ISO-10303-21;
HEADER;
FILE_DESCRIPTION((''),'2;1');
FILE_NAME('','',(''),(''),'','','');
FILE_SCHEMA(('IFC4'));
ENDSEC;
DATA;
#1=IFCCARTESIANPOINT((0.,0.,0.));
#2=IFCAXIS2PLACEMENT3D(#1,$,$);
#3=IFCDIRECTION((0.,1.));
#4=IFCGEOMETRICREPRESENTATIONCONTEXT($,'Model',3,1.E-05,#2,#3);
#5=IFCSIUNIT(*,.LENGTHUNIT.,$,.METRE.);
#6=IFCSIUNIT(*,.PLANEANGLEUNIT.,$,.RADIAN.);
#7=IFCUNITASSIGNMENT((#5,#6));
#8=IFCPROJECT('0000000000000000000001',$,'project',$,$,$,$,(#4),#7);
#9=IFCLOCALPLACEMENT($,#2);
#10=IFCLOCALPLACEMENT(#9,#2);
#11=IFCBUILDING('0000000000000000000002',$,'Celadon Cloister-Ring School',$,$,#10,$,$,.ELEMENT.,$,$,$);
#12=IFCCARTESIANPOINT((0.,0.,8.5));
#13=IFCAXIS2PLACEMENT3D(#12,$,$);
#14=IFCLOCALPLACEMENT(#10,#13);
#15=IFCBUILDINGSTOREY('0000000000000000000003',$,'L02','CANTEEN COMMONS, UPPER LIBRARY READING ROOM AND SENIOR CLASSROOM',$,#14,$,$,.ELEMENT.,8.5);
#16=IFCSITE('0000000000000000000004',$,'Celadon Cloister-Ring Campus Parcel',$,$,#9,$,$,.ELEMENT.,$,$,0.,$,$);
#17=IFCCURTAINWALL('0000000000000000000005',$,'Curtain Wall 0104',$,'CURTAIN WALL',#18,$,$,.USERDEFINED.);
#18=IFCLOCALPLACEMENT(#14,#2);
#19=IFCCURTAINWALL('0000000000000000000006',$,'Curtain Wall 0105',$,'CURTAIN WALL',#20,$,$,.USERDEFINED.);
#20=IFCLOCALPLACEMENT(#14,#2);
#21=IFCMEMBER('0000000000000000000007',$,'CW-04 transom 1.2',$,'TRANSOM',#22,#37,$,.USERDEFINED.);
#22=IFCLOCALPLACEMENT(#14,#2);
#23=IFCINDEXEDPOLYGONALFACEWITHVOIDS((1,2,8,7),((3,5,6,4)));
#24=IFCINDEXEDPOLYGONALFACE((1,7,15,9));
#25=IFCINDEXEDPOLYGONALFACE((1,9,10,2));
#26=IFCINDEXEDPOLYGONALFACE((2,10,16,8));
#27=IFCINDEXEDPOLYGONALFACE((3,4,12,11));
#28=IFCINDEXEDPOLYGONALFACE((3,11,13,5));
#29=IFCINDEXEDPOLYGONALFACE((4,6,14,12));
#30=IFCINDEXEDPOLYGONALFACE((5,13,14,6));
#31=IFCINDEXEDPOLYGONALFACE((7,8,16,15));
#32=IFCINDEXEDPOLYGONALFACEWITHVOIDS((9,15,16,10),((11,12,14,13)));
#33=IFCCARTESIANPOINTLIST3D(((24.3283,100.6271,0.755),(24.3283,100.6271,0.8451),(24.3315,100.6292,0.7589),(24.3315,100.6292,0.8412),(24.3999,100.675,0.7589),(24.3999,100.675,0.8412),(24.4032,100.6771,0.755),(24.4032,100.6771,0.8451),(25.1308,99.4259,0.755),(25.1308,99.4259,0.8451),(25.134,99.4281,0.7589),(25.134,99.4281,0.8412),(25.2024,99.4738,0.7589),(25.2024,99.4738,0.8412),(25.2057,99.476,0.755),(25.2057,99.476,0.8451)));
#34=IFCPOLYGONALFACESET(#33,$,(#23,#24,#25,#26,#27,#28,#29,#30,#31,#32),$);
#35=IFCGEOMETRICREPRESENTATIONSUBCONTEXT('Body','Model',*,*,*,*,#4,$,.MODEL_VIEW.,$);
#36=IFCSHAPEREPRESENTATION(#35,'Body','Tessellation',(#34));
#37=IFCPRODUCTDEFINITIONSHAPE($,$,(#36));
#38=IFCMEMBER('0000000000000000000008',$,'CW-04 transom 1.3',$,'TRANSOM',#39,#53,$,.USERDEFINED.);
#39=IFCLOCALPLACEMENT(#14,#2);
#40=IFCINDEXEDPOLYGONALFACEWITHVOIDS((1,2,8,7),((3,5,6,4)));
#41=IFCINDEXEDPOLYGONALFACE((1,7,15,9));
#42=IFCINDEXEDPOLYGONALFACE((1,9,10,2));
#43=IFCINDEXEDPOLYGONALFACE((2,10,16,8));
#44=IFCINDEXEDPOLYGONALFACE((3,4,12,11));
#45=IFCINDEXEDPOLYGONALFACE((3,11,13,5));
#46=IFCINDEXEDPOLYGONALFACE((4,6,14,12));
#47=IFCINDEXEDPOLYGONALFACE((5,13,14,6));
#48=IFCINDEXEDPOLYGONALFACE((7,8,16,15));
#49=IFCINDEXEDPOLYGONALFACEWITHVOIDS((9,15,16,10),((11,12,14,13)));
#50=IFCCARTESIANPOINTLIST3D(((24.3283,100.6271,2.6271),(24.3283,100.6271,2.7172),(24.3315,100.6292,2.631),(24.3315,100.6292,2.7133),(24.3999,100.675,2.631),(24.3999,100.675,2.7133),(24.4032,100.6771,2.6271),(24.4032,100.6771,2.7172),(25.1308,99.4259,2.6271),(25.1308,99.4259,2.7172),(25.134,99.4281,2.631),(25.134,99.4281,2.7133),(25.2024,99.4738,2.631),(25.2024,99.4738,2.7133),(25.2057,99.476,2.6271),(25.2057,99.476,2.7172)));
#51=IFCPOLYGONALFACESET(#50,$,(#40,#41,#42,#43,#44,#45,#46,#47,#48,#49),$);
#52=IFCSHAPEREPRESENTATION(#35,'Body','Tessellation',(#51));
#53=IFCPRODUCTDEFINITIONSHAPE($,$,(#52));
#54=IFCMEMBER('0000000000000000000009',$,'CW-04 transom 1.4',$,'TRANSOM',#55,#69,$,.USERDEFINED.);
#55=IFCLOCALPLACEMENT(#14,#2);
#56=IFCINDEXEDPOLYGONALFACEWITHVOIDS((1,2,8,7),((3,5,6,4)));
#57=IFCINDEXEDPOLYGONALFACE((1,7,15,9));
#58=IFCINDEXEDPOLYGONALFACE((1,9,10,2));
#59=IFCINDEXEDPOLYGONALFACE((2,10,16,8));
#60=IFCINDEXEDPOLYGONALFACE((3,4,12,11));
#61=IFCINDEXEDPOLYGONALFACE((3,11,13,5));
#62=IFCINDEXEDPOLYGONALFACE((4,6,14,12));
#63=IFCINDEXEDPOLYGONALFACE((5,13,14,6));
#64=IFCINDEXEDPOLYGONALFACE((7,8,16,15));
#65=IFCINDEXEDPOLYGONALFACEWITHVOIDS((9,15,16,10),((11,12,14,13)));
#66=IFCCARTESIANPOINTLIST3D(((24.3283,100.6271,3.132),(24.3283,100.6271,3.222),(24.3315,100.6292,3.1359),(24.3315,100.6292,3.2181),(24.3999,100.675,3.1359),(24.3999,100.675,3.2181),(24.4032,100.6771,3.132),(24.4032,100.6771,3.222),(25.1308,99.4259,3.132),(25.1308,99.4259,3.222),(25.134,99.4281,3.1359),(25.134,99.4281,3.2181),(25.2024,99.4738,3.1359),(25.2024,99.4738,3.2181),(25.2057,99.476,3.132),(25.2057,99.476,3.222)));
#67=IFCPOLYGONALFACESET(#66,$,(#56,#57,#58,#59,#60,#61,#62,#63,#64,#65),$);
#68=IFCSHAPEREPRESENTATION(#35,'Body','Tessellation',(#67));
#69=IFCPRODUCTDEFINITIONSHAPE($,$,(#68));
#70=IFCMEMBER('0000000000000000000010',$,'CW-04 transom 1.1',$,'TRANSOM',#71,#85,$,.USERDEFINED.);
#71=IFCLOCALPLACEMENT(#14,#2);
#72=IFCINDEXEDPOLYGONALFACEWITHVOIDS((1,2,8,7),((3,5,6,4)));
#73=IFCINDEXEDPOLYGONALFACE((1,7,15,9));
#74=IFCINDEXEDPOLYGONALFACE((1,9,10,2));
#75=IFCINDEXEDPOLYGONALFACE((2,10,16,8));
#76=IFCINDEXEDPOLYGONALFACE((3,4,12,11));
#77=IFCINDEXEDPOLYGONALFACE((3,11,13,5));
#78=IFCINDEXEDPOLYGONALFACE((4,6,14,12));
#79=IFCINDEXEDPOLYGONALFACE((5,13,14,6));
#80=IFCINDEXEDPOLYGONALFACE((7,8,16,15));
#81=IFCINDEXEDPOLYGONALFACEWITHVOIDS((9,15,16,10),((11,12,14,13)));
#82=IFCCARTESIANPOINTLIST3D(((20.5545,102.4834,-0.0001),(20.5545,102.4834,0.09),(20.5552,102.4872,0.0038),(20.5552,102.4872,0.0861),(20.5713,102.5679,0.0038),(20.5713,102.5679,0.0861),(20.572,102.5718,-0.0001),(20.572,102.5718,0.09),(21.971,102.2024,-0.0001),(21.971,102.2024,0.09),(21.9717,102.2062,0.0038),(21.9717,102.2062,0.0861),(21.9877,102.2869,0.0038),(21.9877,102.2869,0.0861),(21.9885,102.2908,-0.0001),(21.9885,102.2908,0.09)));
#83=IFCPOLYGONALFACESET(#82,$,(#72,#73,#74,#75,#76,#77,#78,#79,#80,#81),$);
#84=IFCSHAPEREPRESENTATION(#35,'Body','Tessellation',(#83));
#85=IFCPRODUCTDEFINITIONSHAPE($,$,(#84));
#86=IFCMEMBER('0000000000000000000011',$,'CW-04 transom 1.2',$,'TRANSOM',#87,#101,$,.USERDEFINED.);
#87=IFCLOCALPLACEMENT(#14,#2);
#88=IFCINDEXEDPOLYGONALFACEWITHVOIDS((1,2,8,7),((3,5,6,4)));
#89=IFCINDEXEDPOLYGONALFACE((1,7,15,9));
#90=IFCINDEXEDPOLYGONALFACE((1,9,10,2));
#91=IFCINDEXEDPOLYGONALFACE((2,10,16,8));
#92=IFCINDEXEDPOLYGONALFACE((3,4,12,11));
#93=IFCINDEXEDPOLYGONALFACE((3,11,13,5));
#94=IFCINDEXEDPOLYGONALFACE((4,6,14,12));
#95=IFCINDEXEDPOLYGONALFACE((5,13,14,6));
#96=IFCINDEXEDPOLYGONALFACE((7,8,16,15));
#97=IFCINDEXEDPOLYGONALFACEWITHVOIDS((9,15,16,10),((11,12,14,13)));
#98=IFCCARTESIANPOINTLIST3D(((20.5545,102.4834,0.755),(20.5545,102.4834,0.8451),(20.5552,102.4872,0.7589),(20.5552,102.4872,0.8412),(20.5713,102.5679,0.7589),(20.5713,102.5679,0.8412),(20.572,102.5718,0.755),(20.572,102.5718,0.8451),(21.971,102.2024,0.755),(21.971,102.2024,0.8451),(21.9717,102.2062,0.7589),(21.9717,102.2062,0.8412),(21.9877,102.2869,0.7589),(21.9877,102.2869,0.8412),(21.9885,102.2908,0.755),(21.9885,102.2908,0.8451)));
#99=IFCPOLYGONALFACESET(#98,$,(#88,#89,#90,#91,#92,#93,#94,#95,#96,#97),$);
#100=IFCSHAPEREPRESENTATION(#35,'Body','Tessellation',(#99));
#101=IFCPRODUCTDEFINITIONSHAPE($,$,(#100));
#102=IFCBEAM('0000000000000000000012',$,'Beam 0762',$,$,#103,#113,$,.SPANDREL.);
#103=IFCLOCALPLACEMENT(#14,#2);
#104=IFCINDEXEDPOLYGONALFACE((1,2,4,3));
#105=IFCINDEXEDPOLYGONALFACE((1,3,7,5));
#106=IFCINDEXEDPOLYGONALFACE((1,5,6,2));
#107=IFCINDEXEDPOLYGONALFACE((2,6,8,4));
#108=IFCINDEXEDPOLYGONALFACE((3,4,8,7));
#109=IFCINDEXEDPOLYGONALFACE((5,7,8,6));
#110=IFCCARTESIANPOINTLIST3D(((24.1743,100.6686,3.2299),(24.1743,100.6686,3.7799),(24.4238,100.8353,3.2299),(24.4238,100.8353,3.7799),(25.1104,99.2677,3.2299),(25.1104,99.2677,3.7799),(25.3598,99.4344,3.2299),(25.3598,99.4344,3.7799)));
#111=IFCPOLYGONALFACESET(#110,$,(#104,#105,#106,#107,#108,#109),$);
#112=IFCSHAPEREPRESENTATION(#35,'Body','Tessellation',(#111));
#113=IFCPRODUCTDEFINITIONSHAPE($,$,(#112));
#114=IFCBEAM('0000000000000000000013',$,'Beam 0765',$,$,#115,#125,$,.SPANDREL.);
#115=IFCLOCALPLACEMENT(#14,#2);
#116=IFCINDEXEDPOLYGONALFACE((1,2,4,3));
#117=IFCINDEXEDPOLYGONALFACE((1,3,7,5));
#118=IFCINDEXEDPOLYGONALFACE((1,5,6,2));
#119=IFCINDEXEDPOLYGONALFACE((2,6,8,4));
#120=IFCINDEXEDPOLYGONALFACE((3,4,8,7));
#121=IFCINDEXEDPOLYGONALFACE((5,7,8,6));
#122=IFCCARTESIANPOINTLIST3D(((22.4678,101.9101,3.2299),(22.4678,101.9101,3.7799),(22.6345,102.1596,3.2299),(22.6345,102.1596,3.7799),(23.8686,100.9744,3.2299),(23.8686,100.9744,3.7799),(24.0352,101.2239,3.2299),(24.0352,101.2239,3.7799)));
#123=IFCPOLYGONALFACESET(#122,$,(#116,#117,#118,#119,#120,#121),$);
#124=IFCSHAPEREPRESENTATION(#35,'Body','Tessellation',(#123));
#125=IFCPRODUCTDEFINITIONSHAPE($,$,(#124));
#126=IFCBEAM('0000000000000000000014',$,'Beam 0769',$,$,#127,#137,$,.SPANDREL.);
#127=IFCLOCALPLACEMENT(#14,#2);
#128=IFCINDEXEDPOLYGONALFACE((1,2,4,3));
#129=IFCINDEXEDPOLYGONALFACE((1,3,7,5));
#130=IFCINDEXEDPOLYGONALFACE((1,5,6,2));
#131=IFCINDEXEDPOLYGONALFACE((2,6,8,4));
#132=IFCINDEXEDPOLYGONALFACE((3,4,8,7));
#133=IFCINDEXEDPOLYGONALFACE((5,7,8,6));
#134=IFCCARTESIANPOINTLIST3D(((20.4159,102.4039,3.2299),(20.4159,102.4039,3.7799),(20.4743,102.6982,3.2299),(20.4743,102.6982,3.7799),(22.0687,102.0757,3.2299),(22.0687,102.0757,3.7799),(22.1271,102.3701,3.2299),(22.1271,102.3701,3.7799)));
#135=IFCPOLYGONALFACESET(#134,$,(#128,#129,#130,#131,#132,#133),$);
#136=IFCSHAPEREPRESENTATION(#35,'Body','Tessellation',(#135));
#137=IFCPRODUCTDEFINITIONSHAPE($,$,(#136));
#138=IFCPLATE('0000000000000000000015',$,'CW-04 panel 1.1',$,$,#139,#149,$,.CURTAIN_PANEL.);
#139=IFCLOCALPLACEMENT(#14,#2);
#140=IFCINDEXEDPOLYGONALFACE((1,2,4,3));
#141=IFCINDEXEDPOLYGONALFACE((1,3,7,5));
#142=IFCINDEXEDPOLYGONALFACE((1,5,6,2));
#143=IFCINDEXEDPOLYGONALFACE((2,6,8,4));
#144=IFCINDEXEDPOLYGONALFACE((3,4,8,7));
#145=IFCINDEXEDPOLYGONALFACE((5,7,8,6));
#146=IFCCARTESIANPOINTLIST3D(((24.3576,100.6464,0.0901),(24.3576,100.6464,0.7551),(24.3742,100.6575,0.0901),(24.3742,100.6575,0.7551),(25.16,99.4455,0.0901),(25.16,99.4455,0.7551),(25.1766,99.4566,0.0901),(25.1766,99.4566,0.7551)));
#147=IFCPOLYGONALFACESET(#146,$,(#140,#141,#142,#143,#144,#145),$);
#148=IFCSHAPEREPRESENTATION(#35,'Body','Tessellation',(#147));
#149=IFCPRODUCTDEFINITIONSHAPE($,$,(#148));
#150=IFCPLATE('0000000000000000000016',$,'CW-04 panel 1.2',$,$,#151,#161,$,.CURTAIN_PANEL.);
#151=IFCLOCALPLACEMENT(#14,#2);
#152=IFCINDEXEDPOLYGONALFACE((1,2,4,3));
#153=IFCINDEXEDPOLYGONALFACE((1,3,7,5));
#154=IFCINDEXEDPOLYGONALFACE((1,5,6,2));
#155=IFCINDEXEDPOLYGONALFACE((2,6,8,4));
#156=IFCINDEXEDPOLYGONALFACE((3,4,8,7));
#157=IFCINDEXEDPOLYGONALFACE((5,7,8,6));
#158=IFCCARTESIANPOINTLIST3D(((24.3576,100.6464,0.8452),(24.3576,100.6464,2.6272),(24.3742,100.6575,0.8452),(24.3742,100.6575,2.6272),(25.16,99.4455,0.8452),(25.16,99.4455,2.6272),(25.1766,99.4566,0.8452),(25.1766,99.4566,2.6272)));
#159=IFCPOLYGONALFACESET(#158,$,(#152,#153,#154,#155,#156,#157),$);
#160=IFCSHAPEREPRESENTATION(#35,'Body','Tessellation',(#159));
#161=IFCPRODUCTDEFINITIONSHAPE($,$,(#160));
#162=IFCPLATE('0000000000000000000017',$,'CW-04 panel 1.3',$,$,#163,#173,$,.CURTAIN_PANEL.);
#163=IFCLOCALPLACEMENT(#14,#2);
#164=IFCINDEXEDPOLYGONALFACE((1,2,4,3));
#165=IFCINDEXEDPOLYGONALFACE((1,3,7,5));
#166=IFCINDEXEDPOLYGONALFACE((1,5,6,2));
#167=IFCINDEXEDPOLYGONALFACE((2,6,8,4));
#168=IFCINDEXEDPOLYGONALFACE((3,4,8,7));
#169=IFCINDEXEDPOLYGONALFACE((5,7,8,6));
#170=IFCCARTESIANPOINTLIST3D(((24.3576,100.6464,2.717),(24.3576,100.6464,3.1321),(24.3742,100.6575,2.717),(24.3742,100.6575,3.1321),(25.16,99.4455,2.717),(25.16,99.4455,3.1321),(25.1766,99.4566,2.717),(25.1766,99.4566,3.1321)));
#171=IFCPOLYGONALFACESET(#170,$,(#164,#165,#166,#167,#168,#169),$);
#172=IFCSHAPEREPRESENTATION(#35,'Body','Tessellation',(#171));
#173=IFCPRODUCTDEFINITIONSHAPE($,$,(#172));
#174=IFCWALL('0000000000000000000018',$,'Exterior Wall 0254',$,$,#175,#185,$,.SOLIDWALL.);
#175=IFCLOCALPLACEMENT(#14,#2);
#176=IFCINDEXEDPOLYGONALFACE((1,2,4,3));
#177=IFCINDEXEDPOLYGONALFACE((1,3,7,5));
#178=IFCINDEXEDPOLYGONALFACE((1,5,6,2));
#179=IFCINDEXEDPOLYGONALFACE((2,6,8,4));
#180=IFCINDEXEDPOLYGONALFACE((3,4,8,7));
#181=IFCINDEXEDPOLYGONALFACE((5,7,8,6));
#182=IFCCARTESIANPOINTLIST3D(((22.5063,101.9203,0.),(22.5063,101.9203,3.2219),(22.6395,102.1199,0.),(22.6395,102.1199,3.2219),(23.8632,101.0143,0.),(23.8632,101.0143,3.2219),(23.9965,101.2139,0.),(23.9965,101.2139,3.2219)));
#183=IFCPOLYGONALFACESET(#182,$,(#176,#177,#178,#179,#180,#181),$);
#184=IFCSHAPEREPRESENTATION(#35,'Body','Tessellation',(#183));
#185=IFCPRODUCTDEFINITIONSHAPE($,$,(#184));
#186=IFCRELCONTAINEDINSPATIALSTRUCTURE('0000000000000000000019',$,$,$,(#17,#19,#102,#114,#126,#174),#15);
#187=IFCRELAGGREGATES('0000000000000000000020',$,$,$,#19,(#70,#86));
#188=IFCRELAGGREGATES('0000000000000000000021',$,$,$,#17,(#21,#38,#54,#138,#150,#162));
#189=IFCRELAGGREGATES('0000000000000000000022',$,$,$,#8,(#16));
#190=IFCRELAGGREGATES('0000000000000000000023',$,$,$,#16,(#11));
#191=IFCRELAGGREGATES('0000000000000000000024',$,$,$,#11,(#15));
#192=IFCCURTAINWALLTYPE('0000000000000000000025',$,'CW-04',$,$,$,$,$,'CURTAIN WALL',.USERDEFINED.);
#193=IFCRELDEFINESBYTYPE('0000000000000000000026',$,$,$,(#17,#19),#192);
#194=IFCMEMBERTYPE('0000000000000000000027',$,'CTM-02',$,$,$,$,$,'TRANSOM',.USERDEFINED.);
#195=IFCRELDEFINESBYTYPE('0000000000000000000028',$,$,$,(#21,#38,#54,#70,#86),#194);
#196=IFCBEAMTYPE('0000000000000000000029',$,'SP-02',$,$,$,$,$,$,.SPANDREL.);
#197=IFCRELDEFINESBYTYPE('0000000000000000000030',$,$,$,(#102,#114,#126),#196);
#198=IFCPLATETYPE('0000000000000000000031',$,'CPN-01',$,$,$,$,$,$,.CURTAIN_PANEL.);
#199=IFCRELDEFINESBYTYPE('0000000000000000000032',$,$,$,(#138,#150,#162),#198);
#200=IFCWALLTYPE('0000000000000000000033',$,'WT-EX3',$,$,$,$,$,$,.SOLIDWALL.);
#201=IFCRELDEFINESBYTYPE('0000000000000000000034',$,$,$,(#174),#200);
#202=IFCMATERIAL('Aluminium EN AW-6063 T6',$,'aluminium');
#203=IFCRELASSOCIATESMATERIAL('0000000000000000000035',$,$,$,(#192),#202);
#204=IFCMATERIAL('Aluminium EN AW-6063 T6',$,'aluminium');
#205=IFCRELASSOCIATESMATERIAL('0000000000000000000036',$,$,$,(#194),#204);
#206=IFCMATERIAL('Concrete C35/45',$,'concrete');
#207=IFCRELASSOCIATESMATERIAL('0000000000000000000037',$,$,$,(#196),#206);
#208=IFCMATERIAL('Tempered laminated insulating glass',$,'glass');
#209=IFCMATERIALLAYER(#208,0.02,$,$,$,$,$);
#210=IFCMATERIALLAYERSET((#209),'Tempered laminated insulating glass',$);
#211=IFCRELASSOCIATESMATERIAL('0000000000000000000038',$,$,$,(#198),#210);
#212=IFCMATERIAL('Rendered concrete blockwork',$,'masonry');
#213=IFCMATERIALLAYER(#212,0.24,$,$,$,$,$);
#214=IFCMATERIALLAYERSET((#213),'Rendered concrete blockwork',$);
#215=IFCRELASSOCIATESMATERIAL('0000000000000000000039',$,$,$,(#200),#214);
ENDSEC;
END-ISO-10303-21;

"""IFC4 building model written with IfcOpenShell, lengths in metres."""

from ifc_helpers import new_model, si_unit, direction, frame, frame_2d, origin, origin_2d, place, context, subcontext, project, spatial, rectangle, hollow_rectangle, extrude, material, layer, layer_set, material_profile, profile_set, type_object, element, aggregate, save


model = new_model("IFC4")

# Units and contexts
model_context = context("Model", 3, precision=1e-05, world=origin(), true_north=direction((0.0, 1.0)))
body_context = subcontext(model_context, "Body", "Model", "MODEL_VIEW")
ifc_project = project(units=[si_unit("LENGTHUNIT", "METRE"), si_unit("PLANEANGLEUNIT", "RADIAN")], contexts=[model_context])

# Site, building, storey
site_placement = place(None, origin())
site = spatial("IfcSite", under=ifc_project, at=site_placement, Name="Celadon Cloister-Ring Campus Parcel", CompositionType="ELEMENT", RefElevation=0.0)
building_placement = place(site_placement, origin())
building = spatial("IfcBuilding", under=site, at=building_placement, Name="Celadon Cloister-Ring School", CompositionType="ELEMENT")
storey_placement = place(building_placement, frame((0.0, 0.0, 8.5)))
storey = spatial("IfcBuildingStorey", under=building, at=storey_placement, Name="L02", Description="CANTEEN COMMONS, UPPER LIBRARY READING ROOM AND SENIOR CLASSROOM", CompositionType="ELEMENT", Elevation=8.5)

# Curtain wall
ifc_material_1 = material(Name="Aluminium EN AW-6063 T6", Category="aluminium")
curtain_wall_type = type_object("IfcCurtainWallType", Name="CW-04", ElementType="CURTAIN WALL", PredefinedType="USERDEFINED", material=ifc_material_1)
curtain_wall_1_placement = place(storey_placement, origin())
curtain_wall_1 = element("IfcCurtainWall", 1, at=curtain_wall_1_placement, inside=storey, type_object=curtain_wall_type, Name="Curtain Wall 0104", ObjectType="CURTAIN WALL", PredefinedType="USERDEFINED")

# Curtain wall
curtain_wall_2_placement = place(storey_placement, origin())
curtain_wall_2 = element("IfcCurtainWall", 2, at=curtain_wall_2_placement, inside=storey, type_object=curtain_wall_type, Name="Curtain Wall 0105", ObjectType="CURTAIN WALL", PredefinedType="USERDEFINED")

# Members
ifc_material_2 = material(Name="Aluminium EN AW-6063 T6", Category="aluminium")
ifc_material_profile_1 = material_profile(ifc_material_2, hollow_rectangle(XDim=0.0901, YDim=0.0901, WallThickness=0.0039, at=origin_2d()), Name="RHS90X90X4")
ifc_profile_set_1 = profile_set([ifc_material_profile_1], Name="Aluminium EN AW-6063 T6")
member_type_1 = type_object("IfcMemberType", Name="CTM-02", ElementType="TRANSOM", PredefinedType="USERDEFINED", material=ifc_profile_set_1)
member_1_placement = place(storey_placement, frame((25.1682, 99.4509, 0.8), z_axis=(-0.555519, 0.831504, 0.0), x_axis=(-0.831504, -0.555519, 0.0)))
member_1 = element("IfcMember", 3, at=member_1_placement, type_object=member_type_1, Name="CW-04 transom 1.2", ObjectType="TRANSOM", PredefinedType="USERDEFINED", context=body_context, shape_type="SweptSolid", body=[
    extrude(hollow_rectangle(XDim=0.0901, YDim=0.0901, WallThickness=0.0039, at=origin_2d()), origin(), (0.0, 0.0, 1.0), 1.4446),
])
member_2_placement = place(storey_placement, frame((25.1682, 99.4509, 2.6721), z_axis=(-0.555519, 0.831504, 0.0), x_axis=(-0.831504, -0.555519, 0.0)))
member_2 = element("IfcMember", 4, at=member_2_placement, type_object=member_type_1, Name="CW-04 transom 1.3", ObjectType="TRANSOM", PredefinedType="USERDEFINED", context=body_context, shape_type="SweptSolid", body=[
    extrude(hollow_rectangle(XDim=0.0901, YDim=0.0901, WallThickness=0.0039, at=origin_2d()), origin(), (0.0, 0.0, 1.0), 1.4446),
])
member_3_placement = place(storey_placement, frame((25.1682, 99.4509, 3.177), z_axis=(-0.555519, 0.831504, 0.0), x_axis=(-0.831504, -0.555519, 0.0)))
member_3 = element("IfcMember", 5, at=member_3_placement, type_object=member_type_1, Name="CW-04 transom 1.4", ObjectType="TRANSOM", PredefinedType="USERDEFINED", context=body_context, shape_type="SweptSolid", body=[
    extrude(hollow_rectangle(XDim=0.0901, YDim=0.0901, WallThickness=0.0039, at=origin_2d()), origin(), (0.0, 0.0, 1.0), 1.4446),
])
member_4_placement = place(storey_placement, frame((21.9797, 102.2466, 0.0449), z_axis=(-0.980885, 0.194588, 0.0), x_axis=(-0.194588, -0.980885, 0.0)))
member_4 = element("IfcMember", 6, at=member_4_placement, type_object=member_type_1, Name="CW-04 transom 1.1", ObjectType="TRANSOM", PredefinedType="USERDEFINED", context=body_context, shape_type="SweptSolid", body=[
    extrude(hollow_rectangle(XDim=0.0901, YDim=0.0901, WallThickness=0.0039, at=origin_2d()), origin(), (0.0, 0.0, 1.0), 1.4441),
])
member_5_placement = place(storey_placement, frame((21.9797, 102.2466, 0.8), z_axis=(-0.980885, 0.194588, 0.0), x_axis=(-0.194588, -0.980885, 0.0)))
member_5 = element("IfcMember", 7, at=member_5_placement, type_object=member_type_1, Name="CW-04 transom 1.2", ObjectType="TRANSOM", PredefinedType="USERDEFINED", context=body_context, shape_type="SweptSolid", body=[
    extrude(hollow_rectangle(XDim=0.0901, YDim=0.0901, WallThickness=0.0039, at=origin_2d()), origin(), (0.0, 0.0, 1.0), 1.4441),
])
aggregate(curtain_wall_2, [member_4, member_5])

# Beams
ifc_material_3 = material(Name="Concrete C35/45", Category="concrete")
ifc_material_profile_2 = material_profile(ifc_material_3, rectangle(XDim=0.3, YDim=0.55, at=origin_2d()), Name="RC300X550")
ifc_profile_set_2 = profile_set([ifc_material_profile_2], Name="Concrete C35/45")
beam_type = type_object("IfcBeamType", Name="SP-02", PredefinedType="SPANDREL", material=ifc_profile_set_2)
beam_1_placement = place(storey_placement, frame((25.2351, 99.3511, 3.5049), z_axis=(-0.555569, 0.83147, 0.0), x_axis=(-0.83147, -0.555569, 0.0)))
element("IfcBeam", 8, at=beam_1_placement, inside=storey, type_object=beam_type, Name="Beam 0762", PredefinedType="SPANDREL", context=body_context, shape_type="SweptSolid", body=[
    extrude(rectangle(XDim=0.3, YDim=0.55, at=origin_2d()), origin(), (0.0, 0.0, 1.0), 1.6848),
])
beam_2_placement = place(storey_placement, frame((23.9519, 101.0991, 3.5049), z_axis=(-0.831537, 0.555469, 0.0), x_axis=(-0.555469, -0.831537, 0.0)))
element("IfcBeam", 9, at=beam_2_placement, inside=storey, type_object=beam_type, Name="Beam 0765", PredefinedType="SPANDREL", context=body_context, shape_type="SweptSolid", body=[
    extrude(rectangle(XDim=0.3, YDim=0.55, at=origin_2d()), origin(), (0.0, 0.0, 1.0), 1.6846),
])
beam_3_placement = place(storey_placement, frame((22.0979, 102.2229, 3.5049), z_axis=(-0.980858, 0.194723, 0.0), x_axis=(-0.194723, -0.980858, 0.0)))
element("IfcBeam", 10, at=beam_3_placement, inside=storey, type_object=beam_type, Name="Beam 0769", PredefinedType="SPANDREL", context=body_context, shape_type="SweptSolid", body=[
    extrude(rectangle(XDim=0.3, YDim=0.55, at=origin_2d()), origin(), (0.0, 0.0, 1.0), 1.6851),
])

# Plates
ifc_material_4 = material(Name="Tempered laminated insulating glass", Category="glass")
ifc_layer_1 = layer(ifc_material_4, 0.02)
ifc_layer_set_1 = layer_set([ifc_layer_1], Name="Tempered laminated insulating glass")
plate_type = type_object("IfcPlateType", Name="CPN-01", PredefinedType="CURTAIN_PANEL", material=ifc_layer_set_1)
plate_1_placement = place(storey_placement, frame((24.7671, 100.0515, 0.0901), z_axis=(0.0, 0.0, 1.0), x_axis=(-0.555547, 0.831485, 0.0)))
plate_1 = element("IfcPlate", 11, at=plate_1_placement, type_object=plate_type, Name="CW-04 panel 1.1", PredefinedType="CURTAIN_PANEL", context=body_context, shape_type="SweptSolid", body=[
    extrude(rectangle(XDim=1.4443, YDim=0.02, at=origin_2d()), origin(), (0.0, 0.0, 1.0), 0.665),
])
plate_2_placement = place(storey_placement, frame((24.7671, 100.0515, 0.8452), z_axis=(0.0, 0.0, 1.0), x_axis=(-0.555547, 0.831485, 0.0)))
plate_2 = element("IfcPlate", 12, at=plate_2_placement, type_object=plate_type, Name="CW-04 panel 1.2", PredefinedType="CURTAIN_PANEL", context=body_context, shape_type="SweptSolid", body=[
    extrude(rectangle(XDim=1.4443, YDim=0.02, at=origin_2d()), origin(), (0.0, 0.0, 1.0), 1.782),
])
plate_3_placement = place(storey_placement, frame((24.7671, 100.0515, 2.717), z_axis=(0.0, 0.0, 1.0), x_axis=(-0.555547, 0.831485, 0.0)))
plate_3 = element("IfcPlate", 13, at=plate_3_placement, type_object=plate_type, Name="CW-04 panel 1.3", PredefinedType="CURTAIN_PANEL", context=body_context, shape_type="SweptSolid", body=[
    extrude(rectangle(XDim=1.4443, YDim=0.02, at=origin_2d()), origin(), (0.0, 0.0, 1.0), 0.415),
])
aggregate(curtain_wall_1, [member_1, member_2, member_3, plate_1, plate_2, plate_3])

# Wall
ifc_material_5 = material(Name="Rendered concrete blockwork", Category="masonry")
ifc_layer_2 = layer(ifc_material_5, 0.24)
ifc_layer_set_2 = layer_set([ifc_layer_2], Name="Rendered concrete blockwork")
wall_type = type_object("IfcWallType", Name="WT-EX3", PredefinedType="SOLIDWALL", material=ifc_layer_set_2)
wall_placement = place(storey_placement, frame((23.9299, 101.114, 0.0), z_axis=(0.0, 0.0, 1.0), x_axis=(-0.831659, 0.555287, 0.0)))
element("IfcWall", 14, at=wall_placement, inside=storey, type_object=wall_type, Name="Exterior Wall 0254", PredefinedType="SOLIDWALL", context=body_context, shape_type="SweptSolid", body=[
    extrude(rectangle(XDim=1.6316, YDim=0.24, at=frame_2d((0.8159, 0.0))), origin(), (0.0, 0.0, 1.0), 3.2219),
])

save(model, "model.ifc")
